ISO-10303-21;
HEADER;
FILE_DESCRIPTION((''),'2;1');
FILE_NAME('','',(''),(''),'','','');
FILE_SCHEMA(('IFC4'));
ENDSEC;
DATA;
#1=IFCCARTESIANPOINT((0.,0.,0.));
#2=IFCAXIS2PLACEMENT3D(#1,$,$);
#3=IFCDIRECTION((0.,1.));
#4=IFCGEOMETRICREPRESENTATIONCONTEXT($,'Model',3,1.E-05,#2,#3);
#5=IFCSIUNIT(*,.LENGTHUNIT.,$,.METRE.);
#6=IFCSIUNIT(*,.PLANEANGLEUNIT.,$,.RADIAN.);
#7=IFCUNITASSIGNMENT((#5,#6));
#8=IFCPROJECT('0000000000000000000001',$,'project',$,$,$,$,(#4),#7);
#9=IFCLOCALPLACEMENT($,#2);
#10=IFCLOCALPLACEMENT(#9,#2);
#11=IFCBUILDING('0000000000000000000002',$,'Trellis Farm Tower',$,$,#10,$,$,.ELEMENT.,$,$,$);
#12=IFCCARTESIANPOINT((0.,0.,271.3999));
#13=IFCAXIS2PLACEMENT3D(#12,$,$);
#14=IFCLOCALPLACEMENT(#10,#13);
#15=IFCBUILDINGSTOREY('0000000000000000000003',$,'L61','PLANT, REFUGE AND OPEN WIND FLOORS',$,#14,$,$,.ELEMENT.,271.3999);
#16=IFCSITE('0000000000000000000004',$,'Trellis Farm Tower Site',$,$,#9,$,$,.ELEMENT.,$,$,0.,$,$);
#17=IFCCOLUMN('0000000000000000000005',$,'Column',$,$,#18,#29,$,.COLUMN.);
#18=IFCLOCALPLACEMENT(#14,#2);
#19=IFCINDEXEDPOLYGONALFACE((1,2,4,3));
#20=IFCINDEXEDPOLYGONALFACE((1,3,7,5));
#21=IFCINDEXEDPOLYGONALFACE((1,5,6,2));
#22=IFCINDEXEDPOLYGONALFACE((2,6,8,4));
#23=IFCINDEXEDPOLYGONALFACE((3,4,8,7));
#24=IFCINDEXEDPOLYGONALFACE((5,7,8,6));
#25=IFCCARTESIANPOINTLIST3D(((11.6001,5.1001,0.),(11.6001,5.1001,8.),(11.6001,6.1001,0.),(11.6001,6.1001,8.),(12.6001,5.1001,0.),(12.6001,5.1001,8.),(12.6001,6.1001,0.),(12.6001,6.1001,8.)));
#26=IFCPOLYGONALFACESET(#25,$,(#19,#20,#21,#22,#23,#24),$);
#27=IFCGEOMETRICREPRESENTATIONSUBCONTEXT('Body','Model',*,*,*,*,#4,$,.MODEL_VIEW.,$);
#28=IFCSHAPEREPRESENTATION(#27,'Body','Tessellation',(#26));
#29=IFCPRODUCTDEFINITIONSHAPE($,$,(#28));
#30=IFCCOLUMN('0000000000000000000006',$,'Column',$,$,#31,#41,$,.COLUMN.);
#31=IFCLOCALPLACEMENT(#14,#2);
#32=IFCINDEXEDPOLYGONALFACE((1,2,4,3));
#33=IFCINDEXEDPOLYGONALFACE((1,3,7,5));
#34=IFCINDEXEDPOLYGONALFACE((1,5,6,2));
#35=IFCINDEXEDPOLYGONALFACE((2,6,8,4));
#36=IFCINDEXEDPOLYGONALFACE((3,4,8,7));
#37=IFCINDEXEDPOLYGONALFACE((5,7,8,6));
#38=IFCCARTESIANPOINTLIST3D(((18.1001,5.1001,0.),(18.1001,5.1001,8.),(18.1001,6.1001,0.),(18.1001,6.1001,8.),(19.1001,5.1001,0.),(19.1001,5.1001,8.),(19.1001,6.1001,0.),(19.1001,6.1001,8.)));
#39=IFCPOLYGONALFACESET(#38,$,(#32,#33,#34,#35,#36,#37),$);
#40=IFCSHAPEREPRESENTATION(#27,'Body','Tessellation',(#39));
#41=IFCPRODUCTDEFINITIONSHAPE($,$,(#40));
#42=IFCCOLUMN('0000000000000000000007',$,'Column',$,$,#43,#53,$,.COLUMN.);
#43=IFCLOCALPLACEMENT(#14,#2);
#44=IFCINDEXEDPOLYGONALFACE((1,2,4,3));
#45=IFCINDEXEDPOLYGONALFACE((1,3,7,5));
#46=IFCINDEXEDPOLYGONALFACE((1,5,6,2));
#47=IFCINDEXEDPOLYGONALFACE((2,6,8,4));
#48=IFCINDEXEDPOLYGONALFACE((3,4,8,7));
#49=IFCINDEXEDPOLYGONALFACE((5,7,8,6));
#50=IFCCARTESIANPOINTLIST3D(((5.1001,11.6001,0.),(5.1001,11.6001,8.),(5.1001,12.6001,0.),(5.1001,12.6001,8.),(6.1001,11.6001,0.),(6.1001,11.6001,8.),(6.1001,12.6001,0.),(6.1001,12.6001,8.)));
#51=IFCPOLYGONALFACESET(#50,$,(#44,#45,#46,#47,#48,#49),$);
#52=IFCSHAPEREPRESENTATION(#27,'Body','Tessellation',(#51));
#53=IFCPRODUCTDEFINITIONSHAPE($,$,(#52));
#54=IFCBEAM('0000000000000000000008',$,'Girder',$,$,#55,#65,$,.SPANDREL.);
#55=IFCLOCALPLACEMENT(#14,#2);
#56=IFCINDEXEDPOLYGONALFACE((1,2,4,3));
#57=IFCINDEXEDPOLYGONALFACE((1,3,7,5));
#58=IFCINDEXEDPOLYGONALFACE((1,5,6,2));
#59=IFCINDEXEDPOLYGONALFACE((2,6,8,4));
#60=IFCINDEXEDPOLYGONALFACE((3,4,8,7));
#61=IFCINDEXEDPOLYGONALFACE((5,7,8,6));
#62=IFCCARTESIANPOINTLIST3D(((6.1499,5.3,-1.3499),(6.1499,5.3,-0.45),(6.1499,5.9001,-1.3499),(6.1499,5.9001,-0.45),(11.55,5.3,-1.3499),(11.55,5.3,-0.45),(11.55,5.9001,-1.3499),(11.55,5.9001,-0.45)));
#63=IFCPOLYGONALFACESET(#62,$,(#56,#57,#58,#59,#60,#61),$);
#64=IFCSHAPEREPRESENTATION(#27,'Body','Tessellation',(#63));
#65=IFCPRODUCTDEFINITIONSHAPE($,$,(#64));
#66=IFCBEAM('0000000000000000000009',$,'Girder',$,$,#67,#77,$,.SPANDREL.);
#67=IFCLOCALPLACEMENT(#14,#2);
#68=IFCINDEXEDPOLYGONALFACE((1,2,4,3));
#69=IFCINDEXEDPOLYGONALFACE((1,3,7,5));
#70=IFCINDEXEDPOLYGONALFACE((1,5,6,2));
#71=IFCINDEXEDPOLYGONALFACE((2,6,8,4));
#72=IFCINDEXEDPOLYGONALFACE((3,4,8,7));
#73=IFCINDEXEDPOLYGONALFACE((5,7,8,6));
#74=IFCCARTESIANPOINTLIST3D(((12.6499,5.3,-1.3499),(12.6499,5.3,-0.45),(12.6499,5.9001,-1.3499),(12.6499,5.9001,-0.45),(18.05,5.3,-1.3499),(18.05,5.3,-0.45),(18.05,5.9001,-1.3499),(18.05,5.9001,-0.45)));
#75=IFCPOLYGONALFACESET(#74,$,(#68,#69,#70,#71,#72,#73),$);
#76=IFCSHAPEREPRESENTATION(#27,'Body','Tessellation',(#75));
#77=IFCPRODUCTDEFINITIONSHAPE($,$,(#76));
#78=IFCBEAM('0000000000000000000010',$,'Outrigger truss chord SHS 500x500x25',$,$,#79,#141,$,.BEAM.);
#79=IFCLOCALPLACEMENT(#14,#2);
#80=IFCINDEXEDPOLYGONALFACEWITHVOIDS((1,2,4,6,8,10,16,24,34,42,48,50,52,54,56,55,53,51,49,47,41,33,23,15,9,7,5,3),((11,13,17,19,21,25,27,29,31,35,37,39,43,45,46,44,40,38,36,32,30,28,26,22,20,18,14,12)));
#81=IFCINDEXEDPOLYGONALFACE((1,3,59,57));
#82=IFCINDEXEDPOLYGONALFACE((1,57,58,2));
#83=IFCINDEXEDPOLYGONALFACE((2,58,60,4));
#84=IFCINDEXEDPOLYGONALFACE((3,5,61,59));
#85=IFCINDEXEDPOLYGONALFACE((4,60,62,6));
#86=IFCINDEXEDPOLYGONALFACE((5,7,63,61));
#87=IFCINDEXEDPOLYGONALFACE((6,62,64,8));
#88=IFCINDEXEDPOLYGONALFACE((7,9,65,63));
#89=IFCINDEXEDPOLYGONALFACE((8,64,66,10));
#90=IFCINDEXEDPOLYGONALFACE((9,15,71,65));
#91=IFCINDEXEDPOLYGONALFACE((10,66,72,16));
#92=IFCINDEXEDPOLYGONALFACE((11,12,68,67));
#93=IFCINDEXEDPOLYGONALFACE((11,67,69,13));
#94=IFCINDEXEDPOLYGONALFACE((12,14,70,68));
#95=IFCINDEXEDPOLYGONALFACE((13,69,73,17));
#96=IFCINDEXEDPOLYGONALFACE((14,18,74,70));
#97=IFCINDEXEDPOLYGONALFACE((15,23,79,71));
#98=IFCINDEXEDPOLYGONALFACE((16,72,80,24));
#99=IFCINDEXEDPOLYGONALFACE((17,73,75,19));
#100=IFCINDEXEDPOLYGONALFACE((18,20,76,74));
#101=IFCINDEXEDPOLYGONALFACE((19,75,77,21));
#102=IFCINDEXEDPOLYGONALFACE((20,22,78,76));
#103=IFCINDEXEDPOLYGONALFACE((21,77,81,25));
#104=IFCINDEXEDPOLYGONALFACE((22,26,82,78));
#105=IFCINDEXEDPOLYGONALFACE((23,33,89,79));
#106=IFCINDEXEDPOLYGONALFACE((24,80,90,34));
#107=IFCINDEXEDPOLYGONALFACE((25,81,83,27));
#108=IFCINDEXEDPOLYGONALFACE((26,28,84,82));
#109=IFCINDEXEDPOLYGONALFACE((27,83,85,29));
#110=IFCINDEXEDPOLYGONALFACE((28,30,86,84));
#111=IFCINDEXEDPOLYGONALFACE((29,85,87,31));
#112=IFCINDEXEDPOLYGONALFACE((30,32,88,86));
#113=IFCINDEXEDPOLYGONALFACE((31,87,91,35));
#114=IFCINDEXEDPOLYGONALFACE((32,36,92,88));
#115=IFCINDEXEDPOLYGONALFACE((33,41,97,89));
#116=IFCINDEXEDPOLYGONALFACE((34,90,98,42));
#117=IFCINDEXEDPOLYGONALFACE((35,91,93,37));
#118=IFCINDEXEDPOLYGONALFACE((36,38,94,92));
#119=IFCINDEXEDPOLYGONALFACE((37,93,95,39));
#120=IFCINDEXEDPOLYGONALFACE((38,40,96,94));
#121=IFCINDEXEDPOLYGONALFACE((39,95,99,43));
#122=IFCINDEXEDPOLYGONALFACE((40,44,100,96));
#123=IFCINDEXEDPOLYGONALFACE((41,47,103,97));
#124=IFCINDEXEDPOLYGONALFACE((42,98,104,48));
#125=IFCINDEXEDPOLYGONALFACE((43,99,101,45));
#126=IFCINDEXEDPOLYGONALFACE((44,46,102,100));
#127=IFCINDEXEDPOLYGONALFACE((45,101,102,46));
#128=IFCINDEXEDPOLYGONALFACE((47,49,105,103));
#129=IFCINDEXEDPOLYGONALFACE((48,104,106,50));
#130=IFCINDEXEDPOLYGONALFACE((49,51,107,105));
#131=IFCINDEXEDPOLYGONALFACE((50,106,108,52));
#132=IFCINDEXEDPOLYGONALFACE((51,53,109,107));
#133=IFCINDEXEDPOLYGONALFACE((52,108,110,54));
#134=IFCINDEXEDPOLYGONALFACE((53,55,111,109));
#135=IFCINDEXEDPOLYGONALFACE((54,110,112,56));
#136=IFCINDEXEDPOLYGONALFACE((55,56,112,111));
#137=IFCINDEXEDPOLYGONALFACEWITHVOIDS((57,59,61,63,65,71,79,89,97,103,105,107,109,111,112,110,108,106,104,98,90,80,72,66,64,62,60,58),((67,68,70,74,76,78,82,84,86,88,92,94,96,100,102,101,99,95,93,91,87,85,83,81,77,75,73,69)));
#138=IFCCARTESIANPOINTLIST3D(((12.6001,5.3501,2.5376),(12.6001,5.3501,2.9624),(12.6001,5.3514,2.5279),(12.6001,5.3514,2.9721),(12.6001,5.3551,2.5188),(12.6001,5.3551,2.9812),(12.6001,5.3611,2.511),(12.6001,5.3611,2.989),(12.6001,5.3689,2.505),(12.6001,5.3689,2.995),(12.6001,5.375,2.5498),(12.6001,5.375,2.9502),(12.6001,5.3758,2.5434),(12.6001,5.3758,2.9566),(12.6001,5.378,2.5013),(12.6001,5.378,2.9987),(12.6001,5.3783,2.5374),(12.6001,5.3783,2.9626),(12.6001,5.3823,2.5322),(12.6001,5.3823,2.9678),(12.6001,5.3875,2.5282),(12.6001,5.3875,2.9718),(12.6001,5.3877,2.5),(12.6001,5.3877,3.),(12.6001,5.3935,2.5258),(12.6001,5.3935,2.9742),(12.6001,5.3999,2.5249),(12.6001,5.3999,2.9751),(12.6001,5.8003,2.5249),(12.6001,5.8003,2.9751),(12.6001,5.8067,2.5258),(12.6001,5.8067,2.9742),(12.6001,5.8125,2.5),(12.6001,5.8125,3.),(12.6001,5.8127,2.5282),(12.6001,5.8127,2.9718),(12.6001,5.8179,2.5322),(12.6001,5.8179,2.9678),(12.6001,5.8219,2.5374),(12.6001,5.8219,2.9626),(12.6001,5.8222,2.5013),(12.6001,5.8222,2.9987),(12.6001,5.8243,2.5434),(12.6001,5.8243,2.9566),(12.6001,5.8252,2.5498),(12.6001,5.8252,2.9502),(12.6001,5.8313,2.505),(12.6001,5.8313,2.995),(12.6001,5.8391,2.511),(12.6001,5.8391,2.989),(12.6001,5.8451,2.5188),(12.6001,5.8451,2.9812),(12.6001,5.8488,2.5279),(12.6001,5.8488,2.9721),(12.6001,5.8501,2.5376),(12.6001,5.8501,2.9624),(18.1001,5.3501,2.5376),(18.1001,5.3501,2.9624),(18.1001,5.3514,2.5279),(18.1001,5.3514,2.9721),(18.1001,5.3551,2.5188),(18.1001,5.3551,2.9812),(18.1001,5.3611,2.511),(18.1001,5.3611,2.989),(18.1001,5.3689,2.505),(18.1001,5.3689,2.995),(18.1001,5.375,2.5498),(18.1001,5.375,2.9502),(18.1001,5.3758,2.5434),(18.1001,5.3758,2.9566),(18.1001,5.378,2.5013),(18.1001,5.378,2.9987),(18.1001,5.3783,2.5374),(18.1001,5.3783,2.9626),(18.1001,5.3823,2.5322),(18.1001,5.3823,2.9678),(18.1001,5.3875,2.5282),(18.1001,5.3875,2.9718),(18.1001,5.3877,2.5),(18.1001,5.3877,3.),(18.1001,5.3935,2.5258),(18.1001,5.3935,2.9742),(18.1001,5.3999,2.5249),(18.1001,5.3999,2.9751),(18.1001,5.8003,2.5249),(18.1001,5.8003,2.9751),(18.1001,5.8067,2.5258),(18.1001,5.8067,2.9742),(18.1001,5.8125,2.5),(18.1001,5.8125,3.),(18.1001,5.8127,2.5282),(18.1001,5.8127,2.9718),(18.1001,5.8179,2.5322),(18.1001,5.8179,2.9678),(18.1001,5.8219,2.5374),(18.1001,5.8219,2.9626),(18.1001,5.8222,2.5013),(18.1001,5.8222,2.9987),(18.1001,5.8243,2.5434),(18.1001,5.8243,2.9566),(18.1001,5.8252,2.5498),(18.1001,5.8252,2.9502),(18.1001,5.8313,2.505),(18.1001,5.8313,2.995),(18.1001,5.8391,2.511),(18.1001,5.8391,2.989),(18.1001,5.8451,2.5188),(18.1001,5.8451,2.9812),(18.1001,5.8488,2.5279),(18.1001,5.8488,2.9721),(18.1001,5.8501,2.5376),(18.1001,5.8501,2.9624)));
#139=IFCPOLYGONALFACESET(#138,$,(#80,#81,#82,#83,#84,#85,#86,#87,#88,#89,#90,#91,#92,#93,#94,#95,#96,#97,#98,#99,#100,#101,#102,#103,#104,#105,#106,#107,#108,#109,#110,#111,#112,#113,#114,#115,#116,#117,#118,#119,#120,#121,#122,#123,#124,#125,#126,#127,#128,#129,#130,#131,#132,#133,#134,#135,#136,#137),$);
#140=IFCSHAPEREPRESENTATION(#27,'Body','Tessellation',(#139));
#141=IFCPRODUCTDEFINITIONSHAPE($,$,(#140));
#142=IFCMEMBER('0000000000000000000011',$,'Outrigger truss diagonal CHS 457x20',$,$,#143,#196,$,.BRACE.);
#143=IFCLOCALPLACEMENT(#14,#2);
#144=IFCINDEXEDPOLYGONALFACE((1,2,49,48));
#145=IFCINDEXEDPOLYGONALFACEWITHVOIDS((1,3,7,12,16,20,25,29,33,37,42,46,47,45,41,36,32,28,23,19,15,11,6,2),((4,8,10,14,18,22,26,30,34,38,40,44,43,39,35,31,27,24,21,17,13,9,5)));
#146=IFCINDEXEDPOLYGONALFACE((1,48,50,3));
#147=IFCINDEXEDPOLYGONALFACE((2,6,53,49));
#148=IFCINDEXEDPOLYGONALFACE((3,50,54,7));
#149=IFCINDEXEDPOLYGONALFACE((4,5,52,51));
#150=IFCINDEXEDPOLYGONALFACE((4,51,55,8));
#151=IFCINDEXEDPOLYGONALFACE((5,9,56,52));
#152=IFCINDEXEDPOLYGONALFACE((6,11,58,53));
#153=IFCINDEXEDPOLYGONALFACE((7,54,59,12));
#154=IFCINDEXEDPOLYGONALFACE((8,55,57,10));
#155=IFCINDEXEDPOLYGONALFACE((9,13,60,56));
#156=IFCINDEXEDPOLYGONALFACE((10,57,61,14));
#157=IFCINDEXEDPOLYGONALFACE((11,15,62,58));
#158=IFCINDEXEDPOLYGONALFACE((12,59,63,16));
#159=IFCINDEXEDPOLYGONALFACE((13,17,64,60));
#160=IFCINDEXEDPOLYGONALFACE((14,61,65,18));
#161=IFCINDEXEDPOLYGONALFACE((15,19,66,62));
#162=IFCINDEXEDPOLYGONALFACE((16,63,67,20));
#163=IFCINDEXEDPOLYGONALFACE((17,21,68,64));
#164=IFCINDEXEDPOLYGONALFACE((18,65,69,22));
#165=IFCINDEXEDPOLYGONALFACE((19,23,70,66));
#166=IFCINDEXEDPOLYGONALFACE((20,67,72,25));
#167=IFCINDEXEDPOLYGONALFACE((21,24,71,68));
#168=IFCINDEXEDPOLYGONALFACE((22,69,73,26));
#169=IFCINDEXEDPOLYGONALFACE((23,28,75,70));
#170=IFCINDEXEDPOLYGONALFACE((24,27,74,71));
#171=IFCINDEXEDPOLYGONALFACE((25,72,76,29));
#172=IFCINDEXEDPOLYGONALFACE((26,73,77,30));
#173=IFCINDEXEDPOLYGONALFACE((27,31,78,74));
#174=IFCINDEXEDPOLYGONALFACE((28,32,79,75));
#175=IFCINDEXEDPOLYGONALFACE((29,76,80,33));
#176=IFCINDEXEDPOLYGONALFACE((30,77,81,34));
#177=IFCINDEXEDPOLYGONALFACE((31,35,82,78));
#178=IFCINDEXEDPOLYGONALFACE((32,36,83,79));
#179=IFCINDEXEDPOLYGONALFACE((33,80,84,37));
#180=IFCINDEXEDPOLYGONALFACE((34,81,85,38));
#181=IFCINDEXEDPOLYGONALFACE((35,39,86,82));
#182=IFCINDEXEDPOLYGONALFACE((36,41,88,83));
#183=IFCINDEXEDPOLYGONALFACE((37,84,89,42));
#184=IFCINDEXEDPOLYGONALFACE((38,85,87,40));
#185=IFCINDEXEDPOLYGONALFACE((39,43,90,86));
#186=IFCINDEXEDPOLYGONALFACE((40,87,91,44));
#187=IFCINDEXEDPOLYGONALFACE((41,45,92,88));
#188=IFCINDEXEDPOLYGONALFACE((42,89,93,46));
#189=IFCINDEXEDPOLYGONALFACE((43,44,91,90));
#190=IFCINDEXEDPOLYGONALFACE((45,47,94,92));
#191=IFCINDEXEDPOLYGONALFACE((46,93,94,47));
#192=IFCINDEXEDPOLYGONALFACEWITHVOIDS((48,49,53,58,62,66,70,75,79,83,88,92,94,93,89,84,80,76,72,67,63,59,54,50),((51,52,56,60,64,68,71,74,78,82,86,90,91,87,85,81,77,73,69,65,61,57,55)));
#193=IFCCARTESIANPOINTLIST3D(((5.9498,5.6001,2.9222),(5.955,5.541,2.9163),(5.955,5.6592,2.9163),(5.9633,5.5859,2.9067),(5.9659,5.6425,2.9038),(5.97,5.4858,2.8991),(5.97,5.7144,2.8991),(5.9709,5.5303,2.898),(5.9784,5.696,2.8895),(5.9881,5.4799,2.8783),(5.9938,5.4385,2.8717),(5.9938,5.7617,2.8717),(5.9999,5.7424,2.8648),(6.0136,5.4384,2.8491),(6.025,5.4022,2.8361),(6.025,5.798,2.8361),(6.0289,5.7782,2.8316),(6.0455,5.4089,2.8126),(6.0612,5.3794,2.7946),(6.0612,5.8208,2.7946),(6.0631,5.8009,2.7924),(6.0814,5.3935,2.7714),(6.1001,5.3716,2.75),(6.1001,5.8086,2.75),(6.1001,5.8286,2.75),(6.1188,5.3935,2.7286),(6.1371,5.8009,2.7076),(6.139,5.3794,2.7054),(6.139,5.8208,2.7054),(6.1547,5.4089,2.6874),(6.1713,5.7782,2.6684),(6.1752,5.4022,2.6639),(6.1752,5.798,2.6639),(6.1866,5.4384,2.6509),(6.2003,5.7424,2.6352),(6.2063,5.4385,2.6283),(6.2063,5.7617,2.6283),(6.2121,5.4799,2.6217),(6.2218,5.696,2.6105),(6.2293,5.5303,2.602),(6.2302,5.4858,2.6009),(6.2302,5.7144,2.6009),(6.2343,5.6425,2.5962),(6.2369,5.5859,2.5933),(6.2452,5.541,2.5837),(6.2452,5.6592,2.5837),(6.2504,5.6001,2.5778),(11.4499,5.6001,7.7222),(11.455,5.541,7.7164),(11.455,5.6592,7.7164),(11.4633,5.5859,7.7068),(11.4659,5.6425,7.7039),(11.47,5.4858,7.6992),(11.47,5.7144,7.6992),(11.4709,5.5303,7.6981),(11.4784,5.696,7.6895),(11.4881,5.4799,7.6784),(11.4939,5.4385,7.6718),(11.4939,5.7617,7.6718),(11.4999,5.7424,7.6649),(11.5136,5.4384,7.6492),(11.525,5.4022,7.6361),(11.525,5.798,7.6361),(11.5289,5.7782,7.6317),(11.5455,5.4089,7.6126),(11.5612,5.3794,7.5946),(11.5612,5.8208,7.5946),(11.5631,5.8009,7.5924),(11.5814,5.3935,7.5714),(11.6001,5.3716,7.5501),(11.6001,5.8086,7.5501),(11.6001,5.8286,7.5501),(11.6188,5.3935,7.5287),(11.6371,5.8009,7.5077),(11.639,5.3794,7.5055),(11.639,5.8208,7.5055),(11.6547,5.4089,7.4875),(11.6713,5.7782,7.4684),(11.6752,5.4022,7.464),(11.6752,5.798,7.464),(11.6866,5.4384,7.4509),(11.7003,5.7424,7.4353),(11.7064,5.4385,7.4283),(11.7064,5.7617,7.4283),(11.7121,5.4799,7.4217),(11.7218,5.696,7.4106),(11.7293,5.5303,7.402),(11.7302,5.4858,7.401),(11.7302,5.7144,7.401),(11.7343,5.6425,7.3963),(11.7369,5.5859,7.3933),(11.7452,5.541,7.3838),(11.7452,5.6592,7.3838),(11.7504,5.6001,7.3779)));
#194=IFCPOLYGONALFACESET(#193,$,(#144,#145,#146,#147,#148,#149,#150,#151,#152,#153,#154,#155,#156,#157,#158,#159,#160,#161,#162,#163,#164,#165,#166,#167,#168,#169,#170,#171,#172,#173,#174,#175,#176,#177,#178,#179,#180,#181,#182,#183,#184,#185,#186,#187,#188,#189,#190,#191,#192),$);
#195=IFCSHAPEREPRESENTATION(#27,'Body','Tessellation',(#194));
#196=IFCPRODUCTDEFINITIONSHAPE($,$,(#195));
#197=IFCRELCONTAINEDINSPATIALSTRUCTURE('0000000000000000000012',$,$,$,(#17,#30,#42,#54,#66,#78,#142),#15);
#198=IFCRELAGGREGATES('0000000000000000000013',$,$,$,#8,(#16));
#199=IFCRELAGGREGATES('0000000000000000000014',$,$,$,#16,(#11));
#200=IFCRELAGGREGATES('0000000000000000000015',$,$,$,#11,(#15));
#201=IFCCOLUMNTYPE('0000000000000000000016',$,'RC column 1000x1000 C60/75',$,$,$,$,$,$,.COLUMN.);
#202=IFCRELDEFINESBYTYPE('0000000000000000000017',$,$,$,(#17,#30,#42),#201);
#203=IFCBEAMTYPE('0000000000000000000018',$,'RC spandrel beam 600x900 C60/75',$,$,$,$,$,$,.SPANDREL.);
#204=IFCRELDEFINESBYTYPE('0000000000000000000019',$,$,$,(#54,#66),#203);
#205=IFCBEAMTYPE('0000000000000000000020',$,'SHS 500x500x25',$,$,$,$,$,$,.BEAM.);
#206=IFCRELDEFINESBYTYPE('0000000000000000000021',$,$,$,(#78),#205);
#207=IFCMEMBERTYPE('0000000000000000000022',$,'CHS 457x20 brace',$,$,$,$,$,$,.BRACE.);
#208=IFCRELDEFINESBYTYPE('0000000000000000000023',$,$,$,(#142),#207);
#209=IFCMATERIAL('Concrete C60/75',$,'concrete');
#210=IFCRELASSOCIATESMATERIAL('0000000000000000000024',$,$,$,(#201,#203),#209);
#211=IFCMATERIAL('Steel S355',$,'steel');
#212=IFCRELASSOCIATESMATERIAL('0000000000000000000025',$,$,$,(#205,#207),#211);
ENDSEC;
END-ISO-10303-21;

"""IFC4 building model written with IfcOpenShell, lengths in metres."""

from ifc_helpers import new_model, si_unit, direction, frame, origin, origin_2d, place, context, subcontext, project, spatial, rectangle, hollow_rectangle, hollow_circle, extrude, source, transform, mapped, material, material_profile, profile_set, type_object, element, save


model = new_model("IFC4")

# Units and contexts
model_context = context("Model", 3, precision=1e-05, world=origin(), true_north=direction((0.0, 1.0)))
body_context = subcontext(model_context, "Body", "Model", "MODEL_VIEW")
ifc_project = project(units=[si_unit("LENGTHUNIT", "METRE"), si_unit("PLANEANGLEUNIT", "RADIAN")], contexts=[model_context])

# Site, building, storey
site_placement = place(None, origin())
site = spatial("IfcSite", under=ifc_project, at=site_placement, Name="Trellis Farm Tower Site", CompositionType="ELEMENT", RefElevation=0.0)
building_placement = place(site_placement, origin())
building = spatial("IfcBuilding", under=site, at=building_placement, Name="Trellis Farm Tower", CompositionType="ELEMENT")
storey_placement = place(building_placement, frame((0.0, 0.0, 271.3999)))
storey = spatial("IfcBuildingStorey", under=building, at=storey_placement, Name="L61", Description="PLANT, REFUGE AND OPEN WIND FLOORS", CompositionType="ELEMENT", Elevation=271.3999)

# Columns
ifc_material_1 = material(Name="Concrete C60/75", Category="concrete")
ifc_material_profile_1 = material_profile(ifc_material_1, rectangle(XDim=1.0, YDim=1.0, at=origin_2d()), Name="RC column 1000x1000 C60/75")
ifc_profile_set_1 = profile_set([ifc_material_profile_1], Name="Concrete C60/75")
column_type = type_object("IfcColumnType", Name="RC column 1000x1000 C60/75", PredefinedType="COLUMN", material=ifc_profile_set_1)
shared_shape_1 = source(origin(), body_context, "Body", "SweptSolid", [
    extrude(rectangle(XDim=1.0, YDim=1.0, at=origin_2d()), origin(), (0.0, 0.0, 1.0), 8.0),
])
for number, where, z_axis, x_axis, name in (
    (1, (12.1001, 5.6001, 0.0), (0.0, 0.0, 1.0), (1.0, 0.0, 0.0), "Column"),
    (2, (18.6001, 5.6001, 0.0), (0.0, 0.0, 1.0), (1.0, 0.0, 0.0), "Column"),
    (3, (5.6001, 12.1001, 0.0), (0.0, 0.0, 1.0), (1.0, 0.0, 0.0), "Column"),
):
    element("IfcColumn", number, at=place(storey_placement, frame(where, z_axis=z_axis, x_axis=x_axis)), inside=storey, type_object=column_type, Name=name, PredefinedType="COLUMN", context=body_context, shape_type="MappedRepresentation", body=[
        mapped(shared_shape_1, transform((0.0, 0.0, 0.0))),
    ])

# Beams
ifc_material_profile_2 = material_profile(ifc_material_1, rectangle(XDim=0.6001, YDim=0.8999, at=origin_2d()), Name="RC spandrel beam 600x900 C60/75")
ifc_profile_set_2 = profile_set([ifc_material_profile_2], Name="Concrete C60/75")
beam_type_1 = type_object("IfcBeamType", Name="RC spandrel beam 600x900 C60/75", PredefinedType="SPANDREL", material=ifc_profile_set_2)
shared_shape_2 = source(origin(), body_context, "Body", "SweptSolid", [
    extrude(rectangle(XDim=0.6001, YDim=0.8999, at=origin_2d()), origin(), (0.0, 0.0, 1.0), 5.4001),
])
for number, where, z_axis, x_axis, name in (
    (4, (6.1499, 5.6001, -0.8999), (1.0, 0.0, 0.0), (0.0, 1.0, 0.0), "Girder"),
    (5, (12.6499, 5.6001, -0.8999), (1.0, 0.0, 0.0), (0.0, 1.0, 0.0), "Girder"),
):
    element("IfcBeam", number, at=place(storey_placement, frame(where, z_axis=z_axis, x_axis=x_axis)), inside=storey, type_object=beam_type_1, Name=name, PredefinedType="SPANDREL", context=body_context, shape_type="MappedRepresentation", body=[
        mapped(shared_shape_2, transform((0.0, 0.0, 0.0))),
    ])
ifc_material_2 = material(Name="Steel S355", Category="steel")
ifc_material_profile_3 = material_profile(ifc_material_2, hollow_rectangle(XDim=0.5, YDim=0.5, WallThickness=0.0249, InnerFilletRadius=0.0249, OuterFilletRadius=0.0376, at=origin_2d()), Name="SHS 500x500x25")
ifc_profile_set_3 = profile_set([ifc_material_profile_3], Name="Steel S355")
beam_type_2 = type_object("IfcBeamType", Name="SHS 500x500x25", PredefinedType="BEAM", material=ifc_profile_set_3)
shared_shape_3 = source(origin(), body_context, "Body", "SweptSolid", [
    extrude(hollow_rectangle(XDim=0.5, YDim=0.5, WallThickness=0.0249, InnerFilletRadius=0.0249, OuterFilletRadius=0.0376, at=origin_2d()), origin(), (0.0, 0.0, 1.0), 5.5),
])
beam_placement = place(storey_placement, frame((12.6001, 5.6001, 2.75), z_axis=(1.0, 0.0, 0.0), x_axis=(0.0, 1.0, 0.0)))
element("IfcBeam", 6, at=beam_placement, inside=storey, type_object=beam_type_2, Name="Outrigger truss chord SHS 500x500x25", PredefinedType="BEAM", context=body_context, shape_type="MappedRepresentation", body=[
    mapped(shared_shape_3, transform((0.0, 0.0, 0.0))),
])

# Member
ifc_material_profile_4 = material_profile(ifc_material_2, hollow_circle(Radius=0.2285, WallThickness=0.02, at=origin_2d()), Name="CHS 457x20")
ifc_profile_set_4 = profile_set([ifc_material_profile_4], Name="Steel S355")
member_type = type_object("IfcMemberType", Name="CHS 457x20 brace", PredefinedType="BRACE", material=ifc_profile_set_4)
shared_shape_4 = source(origin(), body_context, "Body", "SweptSolid", [
    extrude(hollow_circle(Radius=0.2285, WallThickness=0.02, at=origin_2d()), origin(), (0.0, 0.0, 1.0), 7.3),
])
for number, where, z_axis, x_axis, name in (
    (7, (6.1001, 5.6001, 2.75), (0.753421, 0.0, 0.657538), (0.0, 1.0, 0.0), "Outrigger truss diagonal CHS 457x20"),
):
    element("IfcMember", number, at=place(storey_placement, frame(where, z_axis=z_axis, x_axis=x_axis)), inside=storey, type_object=member_type, Name=name, PredefinedType="BRACE", context=body_context, shape_type="MappedRepresentation", body=[
        mapped(shared_shape_4, transform((0.0, 0.0, 0.0))),
    ])

save(model, "model.ifc")
